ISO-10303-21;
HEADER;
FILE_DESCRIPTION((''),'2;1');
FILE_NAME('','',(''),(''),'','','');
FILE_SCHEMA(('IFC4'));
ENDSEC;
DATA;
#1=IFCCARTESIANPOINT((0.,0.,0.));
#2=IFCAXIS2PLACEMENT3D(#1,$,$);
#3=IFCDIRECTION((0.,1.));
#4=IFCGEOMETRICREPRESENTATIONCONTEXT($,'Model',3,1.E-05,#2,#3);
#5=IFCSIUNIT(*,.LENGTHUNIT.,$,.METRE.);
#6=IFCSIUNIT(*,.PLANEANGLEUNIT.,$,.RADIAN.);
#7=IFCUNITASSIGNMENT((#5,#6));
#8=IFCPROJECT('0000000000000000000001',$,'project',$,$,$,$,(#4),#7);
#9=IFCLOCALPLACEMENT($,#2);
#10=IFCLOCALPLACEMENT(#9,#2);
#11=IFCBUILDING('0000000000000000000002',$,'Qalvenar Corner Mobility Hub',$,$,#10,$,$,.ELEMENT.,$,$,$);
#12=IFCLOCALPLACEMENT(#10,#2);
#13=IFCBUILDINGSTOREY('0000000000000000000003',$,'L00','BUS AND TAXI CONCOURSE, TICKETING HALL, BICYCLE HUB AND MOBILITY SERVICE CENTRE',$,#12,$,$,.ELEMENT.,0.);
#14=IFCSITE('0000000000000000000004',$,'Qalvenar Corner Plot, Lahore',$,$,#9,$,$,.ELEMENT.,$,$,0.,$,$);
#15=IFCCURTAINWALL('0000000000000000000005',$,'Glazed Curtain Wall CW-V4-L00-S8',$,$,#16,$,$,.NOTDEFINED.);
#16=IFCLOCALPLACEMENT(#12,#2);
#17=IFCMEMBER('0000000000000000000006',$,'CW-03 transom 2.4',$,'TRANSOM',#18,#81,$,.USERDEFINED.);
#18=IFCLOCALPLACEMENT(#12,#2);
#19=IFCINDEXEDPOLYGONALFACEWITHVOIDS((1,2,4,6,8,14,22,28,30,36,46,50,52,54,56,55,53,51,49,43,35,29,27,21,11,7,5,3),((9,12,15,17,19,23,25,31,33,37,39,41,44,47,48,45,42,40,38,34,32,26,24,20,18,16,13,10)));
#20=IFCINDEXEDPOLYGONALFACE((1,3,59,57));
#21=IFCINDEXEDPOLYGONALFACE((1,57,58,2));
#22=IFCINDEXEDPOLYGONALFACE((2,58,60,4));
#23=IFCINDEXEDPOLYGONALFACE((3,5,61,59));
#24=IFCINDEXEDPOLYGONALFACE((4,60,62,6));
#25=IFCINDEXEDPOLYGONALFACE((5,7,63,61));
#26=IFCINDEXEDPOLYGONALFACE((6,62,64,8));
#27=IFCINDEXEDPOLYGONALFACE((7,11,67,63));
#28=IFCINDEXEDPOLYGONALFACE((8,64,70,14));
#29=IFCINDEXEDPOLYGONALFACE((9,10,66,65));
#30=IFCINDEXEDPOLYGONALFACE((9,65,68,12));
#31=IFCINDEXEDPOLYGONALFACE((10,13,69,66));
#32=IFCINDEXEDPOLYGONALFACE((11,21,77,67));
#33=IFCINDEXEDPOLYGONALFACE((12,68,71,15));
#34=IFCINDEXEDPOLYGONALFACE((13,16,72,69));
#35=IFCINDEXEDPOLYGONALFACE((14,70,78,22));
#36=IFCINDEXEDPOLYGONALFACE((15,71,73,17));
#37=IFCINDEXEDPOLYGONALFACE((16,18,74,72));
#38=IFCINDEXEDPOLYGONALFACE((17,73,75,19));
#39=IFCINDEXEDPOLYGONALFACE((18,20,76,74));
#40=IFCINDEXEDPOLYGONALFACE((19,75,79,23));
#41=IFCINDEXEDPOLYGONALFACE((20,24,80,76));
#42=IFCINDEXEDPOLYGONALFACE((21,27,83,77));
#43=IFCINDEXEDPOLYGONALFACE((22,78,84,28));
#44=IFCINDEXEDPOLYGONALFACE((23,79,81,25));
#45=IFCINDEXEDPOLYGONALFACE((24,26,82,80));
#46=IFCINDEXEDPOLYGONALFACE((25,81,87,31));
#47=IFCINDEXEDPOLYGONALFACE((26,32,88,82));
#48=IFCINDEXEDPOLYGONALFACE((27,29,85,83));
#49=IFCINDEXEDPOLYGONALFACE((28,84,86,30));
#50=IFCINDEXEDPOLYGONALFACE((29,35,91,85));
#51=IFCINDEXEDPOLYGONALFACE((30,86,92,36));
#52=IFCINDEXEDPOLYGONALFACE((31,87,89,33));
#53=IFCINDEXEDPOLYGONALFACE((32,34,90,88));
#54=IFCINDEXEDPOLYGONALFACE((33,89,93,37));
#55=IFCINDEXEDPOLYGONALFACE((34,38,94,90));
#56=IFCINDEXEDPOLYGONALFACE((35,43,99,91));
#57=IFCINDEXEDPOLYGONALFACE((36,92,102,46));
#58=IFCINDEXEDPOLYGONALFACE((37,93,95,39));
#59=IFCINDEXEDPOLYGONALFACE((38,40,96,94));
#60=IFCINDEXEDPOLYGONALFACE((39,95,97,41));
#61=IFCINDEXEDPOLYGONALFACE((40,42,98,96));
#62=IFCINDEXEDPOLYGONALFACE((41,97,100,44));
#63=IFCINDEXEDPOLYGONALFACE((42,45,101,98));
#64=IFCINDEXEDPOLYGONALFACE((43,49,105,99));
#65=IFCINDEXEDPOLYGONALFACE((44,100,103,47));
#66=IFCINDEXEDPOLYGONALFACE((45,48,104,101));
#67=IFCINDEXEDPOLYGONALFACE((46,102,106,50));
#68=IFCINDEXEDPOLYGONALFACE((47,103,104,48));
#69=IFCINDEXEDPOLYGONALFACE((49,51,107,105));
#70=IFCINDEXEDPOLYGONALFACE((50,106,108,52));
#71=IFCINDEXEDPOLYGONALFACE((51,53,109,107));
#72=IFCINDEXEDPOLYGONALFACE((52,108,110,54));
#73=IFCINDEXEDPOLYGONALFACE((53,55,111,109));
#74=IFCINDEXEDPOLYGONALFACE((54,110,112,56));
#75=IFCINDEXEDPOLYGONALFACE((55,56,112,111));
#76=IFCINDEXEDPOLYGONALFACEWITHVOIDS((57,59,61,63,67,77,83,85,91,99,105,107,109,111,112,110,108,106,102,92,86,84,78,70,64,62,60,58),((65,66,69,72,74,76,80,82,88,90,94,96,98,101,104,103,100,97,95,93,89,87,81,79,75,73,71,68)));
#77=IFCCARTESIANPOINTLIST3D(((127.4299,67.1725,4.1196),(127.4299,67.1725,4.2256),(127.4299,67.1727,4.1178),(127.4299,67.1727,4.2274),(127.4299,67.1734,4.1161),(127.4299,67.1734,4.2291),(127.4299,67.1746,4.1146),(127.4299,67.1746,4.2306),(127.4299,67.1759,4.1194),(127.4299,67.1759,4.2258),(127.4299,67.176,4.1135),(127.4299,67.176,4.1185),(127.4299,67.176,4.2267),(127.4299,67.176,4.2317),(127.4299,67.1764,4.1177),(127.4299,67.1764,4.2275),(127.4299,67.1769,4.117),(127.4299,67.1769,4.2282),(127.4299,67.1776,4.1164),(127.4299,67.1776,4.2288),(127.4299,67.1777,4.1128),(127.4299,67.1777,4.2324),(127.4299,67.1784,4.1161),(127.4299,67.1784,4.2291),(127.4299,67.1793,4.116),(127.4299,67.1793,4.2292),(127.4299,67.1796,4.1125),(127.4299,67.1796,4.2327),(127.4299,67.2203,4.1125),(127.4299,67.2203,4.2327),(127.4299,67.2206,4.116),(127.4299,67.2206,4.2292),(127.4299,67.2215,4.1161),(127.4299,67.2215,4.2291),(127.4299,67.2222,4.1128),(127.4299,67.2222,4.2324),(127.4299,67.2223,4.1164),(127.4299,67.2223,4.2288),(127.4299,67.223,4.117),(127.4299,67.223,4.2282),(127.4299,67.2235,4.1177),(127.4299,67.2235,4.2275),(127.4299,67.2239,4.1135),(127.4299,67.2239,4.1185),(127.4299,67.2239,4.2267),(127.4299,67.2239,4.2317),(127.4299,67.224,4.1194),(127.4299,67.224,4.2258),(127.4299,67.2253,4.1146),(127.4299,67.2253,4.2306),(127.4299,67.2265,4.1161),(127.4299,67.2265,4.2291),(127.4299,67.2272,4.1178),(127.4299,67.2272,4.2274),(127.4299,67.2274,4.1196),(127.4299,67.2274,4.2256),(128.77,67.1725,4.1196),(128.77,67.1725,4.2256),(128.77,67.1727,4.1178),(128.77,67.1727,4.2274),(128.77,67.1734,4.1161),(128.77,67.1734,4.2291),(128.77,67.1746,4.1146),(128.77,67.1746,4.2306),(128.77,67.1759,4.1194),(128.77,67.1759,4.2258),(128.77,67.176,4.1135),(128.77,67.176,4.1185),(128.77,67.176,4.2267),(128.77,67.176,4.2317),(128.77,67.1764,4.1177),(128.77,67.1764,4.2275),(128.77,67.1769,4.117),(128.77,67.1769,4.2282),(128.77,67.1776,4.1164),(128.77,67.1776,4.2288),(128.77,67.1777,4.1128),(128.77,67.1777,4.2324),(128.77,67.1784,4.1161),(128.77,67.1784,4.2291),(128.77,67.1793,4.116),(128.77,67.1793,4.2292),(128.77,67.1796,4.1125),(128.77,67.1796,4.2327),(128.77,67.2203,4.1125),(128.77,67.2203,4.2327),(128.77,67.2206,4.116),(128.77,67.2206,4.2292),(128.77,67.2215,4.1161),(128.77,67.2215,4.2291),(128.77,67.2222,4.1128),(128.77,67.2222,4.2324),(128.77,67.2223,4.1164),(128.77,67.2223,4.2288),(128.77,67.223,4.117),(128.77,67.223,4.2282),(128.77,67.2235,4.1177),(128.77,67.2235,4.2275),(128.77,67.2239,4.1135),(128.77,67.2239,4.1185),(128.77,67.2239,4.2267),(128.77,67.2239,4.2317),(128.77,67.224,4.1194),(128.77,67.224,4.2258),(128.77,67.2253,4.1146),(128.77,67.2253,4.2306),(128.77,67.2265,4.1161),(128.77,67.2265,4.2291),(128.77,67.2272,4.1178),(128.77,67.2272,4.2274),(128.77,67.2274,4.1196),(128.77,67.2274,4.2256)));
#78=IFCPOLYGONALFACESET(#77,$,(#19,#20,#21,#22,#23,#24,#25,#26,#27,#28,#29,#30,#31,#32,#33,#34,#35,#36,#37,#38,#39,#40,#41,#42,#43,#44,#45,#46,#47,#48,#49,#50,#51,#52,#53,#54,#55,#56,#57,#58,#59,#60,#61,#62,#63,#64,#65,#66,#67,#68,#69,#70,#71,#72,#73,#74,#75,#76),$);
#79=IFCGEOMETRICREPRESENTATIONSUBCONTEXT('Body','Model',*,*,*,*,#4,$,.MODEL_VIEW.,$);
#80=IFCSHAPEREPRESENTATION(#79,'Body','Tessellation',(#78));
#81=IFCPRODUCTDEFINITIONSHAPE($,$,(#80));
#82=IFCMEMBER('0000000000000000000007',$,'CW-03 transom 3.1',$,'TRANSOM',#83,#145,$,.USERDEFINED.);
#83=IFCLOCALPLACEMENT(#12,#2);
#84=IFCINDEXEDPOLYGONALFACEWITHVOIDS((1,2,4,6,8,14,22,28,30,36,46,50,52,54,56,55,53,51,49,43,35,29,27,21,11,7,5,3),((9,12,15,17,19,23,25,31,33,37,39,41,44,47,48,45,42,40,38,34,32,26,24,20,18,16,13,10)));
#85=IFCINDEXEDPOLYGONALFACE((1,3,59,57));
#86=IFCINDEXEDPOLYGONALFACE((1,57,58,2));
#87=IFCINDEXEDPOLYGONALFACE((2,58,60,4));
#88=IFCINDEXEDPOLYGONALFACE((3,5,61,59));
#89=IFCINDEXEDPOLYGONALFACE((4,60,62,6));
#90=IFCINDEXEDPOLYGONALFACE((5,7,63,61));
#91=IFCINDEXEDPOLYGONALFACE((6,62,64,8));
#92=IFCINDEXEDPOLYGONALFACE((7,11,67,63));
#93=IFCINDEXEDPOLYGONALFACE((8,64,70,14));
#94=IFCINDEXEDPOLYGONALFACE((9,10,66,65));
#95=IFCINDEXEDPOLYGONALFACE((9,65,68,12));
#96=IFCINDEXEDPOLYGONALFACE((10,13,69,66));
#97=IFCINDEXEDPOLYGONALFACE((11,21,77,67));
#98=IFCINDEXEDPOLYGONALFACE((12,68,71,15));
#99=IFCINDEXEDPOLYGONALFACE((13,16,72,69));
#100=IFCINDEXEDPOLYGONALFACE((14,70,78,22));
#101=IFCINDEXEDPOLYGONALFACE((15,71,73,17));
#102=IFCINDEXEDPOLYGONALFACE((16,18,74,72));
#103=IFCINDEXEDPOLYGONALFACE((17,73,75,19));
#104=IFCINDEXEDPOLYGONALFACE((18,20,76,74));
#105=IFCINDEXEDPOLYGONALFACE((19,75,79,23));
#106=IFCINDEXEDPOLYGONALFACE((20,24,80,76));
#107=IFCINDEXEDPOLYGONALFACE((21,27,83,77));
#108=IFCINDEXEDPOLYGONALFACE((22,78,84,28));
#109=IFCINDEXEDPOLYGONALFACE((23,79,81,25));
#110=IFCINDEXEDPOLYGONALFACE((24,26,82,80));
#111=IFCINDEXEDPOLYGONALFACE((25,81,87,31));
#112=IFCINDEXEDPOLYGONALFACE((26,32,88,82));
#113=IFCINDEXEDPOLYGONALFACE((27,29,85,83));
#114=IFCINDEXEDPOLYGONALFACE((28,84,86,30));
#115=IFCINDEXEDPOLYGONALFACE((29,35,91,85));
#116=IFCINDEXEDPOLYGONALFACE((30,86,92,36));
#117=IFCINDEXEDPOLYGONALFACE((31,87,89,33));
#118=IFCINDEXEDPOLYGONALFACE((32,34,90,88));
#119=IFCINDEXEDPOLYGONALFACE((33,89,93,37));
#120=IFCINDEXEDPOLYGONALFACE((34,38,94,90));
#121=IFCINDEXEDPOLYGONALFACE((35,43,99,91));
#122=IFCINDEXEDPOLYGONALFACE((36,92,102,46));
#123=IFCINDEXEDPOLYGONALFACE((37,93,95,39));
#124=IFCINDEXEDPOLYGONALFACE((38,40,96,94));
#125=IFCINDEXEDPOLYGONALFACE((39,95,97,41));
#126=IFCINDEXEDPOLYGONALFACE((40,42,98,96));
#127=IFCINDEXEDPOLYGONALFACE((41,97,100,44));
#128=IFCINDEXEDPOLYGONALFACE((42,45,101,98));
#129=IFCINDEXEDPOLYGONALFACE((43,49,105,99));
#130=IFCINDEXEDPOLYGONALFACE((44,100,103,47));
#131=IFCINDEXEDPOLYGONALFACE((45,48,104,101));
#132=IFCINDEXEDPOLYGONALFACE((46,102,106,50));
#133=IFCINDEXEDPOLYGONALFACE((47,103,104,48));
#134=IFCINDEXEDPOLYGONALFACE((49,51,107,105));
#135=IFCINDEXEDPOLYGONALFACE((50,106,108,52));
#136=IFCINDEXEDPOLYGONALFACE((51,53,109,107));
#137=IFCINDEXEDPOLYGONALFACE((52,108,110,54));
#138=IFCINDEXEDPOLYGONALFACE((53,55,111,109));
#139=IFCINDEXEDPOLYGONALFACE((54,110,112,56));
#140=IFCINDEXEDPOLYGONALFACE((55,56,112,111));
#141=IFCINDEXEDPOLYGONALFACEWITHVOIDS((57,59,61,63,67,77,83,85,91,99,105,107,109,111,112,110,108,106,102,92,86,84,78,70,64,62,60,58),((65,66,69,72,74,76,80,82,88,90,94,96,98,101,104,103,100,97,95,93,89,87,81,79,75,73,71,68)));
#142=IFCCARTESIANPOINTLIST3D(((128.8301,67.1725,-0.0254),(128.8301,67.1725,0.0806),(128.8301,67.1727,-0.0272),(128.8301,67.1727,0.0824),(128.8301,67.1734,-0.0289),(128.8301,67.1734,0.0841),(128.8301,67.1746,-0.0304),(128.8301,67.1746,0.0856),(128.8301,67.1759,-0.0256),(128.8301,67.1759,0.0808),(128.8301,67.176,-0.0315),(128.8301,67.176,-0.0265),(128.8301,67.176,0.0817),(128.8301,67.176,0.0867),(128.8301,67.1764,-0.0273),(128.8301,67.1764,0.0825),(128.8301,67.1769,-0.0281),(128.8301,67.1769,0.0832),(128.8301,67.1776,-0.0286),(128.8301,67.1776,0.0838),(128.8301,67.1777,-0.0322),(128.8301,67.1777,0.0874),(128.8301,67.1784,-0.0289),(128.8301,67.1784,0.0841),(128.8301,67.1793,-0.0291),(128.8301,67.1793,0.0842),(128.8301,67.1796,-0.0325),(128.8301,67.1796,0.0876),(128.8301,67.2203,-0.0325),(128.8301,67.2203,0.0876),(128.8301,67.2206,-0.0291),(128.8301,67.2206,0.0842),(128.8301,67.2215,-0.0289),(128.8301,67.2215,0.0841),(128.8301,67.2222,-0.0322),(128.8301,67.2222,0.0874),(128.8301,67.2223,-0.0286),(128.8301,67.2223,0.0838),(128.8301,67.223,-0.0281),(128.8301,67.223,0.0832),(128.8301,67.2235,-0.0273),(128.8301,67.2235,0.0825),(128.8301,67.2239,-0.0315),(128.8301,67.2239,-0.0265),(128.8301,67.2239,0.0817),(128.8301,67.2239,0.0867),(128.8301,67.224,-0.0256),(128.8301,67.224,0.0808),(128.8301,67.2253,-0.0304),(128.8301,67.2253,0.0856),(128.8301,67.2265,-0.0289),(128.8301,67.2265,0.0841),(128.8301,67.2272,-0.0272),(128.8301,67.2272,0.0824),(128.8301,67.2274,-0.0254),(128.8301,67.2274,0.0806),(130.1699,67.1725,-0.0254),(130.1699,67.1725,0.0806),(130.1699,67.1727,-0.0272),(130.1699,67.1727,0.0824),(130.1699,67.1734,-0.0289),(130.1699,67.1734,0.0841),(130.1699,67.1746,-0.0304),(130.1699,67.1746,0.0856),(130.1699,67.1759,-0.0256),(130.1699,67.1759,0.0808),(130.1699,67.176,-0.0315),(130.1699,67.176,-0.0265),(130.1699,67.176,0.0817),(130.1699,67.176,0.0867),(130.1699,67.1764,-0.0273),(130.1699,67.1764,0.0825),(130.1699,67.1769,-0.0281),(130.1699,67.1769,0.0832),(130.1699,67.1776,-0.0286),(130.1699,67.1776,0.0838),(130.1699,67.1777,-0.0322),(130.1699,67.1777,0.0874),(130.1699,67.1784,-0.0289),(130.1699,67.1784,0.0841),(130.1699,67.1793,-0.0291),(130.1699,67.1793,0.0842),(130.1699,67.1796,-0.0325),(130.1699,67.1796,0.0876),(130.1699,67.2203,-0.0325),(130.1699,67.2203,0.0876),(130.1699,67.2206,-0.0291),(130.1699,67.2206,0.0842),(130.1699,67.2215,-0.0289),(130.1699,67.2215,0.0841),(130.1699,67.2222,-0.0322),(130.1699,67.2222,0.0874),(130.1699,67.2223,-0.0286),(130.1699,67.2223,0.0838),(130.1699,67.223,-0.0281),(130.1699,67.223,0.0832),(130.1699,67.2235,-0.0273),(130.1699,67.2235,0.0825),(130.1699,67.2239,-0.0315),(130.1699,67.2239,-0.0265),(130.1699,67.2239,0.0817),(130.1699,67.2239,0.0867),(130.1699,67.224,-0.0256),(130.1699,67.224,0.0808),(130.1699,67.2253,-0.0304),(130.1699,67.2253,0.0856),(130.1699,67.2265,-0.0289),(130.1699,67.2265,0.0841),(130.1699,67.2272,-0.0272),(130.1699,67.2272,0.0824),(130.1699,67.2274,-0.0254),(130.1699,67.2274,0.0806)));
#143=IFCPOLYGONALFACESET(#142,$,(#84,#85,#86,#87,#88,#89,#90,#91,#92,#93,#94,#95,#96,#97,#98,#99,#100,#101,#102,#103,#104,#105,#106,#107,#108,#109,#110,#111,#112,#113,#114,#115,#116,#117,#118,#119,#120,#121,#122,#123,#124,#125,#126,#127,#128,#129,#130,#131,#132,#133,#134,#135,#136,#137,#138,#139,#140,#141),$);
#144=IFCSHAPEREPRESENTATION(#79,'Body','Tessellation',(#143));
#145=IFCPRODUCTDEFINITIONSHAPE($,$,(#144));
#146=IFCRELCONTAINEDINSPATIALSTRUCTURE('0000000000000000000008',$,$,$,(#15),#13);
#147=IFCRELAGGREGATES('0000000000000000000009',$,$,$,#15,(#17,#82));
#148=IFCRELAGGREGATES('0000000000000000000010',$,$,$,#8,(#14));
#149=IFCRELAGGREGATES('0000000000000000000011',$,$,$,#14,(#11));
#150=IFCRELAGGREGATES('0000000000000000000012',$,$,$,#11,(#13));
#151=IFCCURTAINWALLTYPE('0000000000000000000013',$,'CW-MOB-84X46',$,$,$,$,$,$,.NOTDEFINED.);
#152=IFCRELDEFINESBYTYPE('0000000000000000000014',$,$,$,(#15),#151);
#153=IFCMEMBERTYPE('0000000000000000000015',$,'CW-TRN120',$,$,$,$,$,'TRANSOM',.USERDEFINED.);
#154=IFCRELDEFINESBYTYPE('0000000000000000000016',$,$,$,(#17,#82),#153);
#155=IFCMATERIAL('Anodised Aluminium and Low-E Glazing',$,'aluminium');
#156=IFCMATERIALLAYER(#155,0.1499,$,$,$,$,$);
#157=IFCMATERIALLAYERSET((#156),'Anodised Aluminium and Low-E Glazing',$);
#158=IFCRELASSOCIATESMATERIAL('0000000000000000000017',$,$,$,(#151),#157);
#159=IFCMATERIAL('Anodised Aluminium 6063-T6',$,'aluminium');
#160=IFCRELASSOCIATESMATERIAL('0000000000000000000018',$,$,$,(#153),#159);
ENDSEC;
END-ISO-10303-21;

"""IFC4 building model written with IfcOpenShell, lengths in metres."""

from ifc_helpers import new_model, si_unit, direction, frame, origin, origin_2d, place, context, subcontext, project, spatial, hollow_rectangle, extrude, material, layer, layer_set, material_profile, profile_set, type_object, element, aggregate, save


model = new_model("IFC4")

# Units and contexts
model_context = context("Model", 3, precision=1e-05, world=origin(), true_north=direction((0.0, 1.0)))
body_context = subcontext(model_context, "Body", "Model", "MODEL_VIEW")
ifc_project = project(units=[si_unit("LENGTHUNIT", "METRE"), si_unit("PLANEANGLEUNIT", "RADIAN")], contexts=[model_context])

# Site, building, storey
site_placement = place(None, origin())
site = spatial("IfcSite", under=ifc_project, at=site_placement, Name="Qalvenar Corner Plot, Lahore", CompositionType="ELEMENT", RefElevation=0.0)
building_placement = place(site_placement, origin())
building = spatial("IfcBuilding", under=site, at=building_placement, Name="Qalvenar Corner Mobility Hub", CompositionType="ELEMENT")
storey_placement = place(building_placement, origin())
storey = spatial("IfcBuildingStorey", under=building, at=storey_placement, Name="L00", Description="BUS AND TAXI CONCOURSE, TICKETING HALL, BICYCLE HUB AND MOBILITY SERVICE CENTRE", CompositionType="ELEMENT", Elevation=0.0)

# Curtain wall, members
ifc_material_1 = material(Name="Anodised Aluminium and Low-E Glazing", Category="aluminium")
ifc_layer_1 = layer(ifc_material_1, 0.1499)
ifc_layer_set_1 = layer_set([ifc_layer_1], Name="Anodised Aluminium and Low-E Glazing")
curtain_wall_type = type_object("IfcCurtainWallType", Name="CW-MOB-84X46", PredefinedType="NOTDEFINED", material=ifc_layer_set_1)
curtain_wall_placement = place(storey_placement, origin())
curtain_wall = element("IfcCurtainWall", 1, at=curtain_wall_placement, inside=storey, type_object=curtain_wall_type, Name="Glazed Curtain Wall CW-V4-L00-S8", PredefinedType="NOTDEFINED")
ifc_material_2 = material(Name="Anodised Aluminium 6063-T6", Category="aluminium")
ifc_material_profile_1 = material_profile(ifc_material_2, hollow_rectangle(XDim=0.0549, YDim=0.1201, WallThickness=0.0034, InnerFilletRadius=0.0034, OuterFilletRadius=0.0071, at=origin_2d()), Name="RHS120x55x3.5")
ifc_profile_set_1 = profile_set([ifc_material_profile_1], Name="Anodised Aluminium 6063-T6")
member_type_1 = type_object("IfcMemberType", Name="CW-TRN120", ElementType="TRANSOM", PredefinedType="USERDEFINED", material=ifc_profile_set_1)
member_1_placement = place(storey_placement, frame((127.4299, 67.2, 4.1726), z_axis=(1.0, 0.0, 0.0), x_axis=(0.0, 1.0, 0.0)))
member_1 = element("IfcMember", 2, at=member_1_placement, type_object=member_type_1, Name="CW-03 transom 2.4", ObjectType="TRANSOM", PredefinedType="USERDEFINED", context=body_context, shape_type="SweptSolid", body=[
    extrude(hollow_rectangle(XDim=0.0549, YDim=0.1201, WallThickness=0.0034, InnerFilletRadius=0.0034, OuterFilletRadius=0.0071, at=origin_2d()), origin(), (0.0, 0.0, 1.0), 1.3401),
])
member_2_placement = place(storey_placement, frame((128.8301, 67.2, 0.0276), z_axis=(1.0, 0.0, 0.0), x_axis=(0.0, 1.0, 0.0)))
member_2 = element("IfcMember", 3, at=member_2_placement, type_object=member_type_1, Name="CW-03 transom 3.1", ObjectType="TRANSOM", PredefinedType="USERDEFINED", context=body_context, shape_type="SweptSolid", body=[
    extrude(hollow_rectangle(XDim=0.0549, YDim=0.1201, WallThickness=0.0034, InnerFilletRadius=0.0034, OuterFilletRadius=0.0071, at=origin_2d()), origin(), (0.0, 0.0, 1.0), 1.3398),
])
aggregate(curtain_wall, [member_1, member_2])

save(model, "model.ifc")
